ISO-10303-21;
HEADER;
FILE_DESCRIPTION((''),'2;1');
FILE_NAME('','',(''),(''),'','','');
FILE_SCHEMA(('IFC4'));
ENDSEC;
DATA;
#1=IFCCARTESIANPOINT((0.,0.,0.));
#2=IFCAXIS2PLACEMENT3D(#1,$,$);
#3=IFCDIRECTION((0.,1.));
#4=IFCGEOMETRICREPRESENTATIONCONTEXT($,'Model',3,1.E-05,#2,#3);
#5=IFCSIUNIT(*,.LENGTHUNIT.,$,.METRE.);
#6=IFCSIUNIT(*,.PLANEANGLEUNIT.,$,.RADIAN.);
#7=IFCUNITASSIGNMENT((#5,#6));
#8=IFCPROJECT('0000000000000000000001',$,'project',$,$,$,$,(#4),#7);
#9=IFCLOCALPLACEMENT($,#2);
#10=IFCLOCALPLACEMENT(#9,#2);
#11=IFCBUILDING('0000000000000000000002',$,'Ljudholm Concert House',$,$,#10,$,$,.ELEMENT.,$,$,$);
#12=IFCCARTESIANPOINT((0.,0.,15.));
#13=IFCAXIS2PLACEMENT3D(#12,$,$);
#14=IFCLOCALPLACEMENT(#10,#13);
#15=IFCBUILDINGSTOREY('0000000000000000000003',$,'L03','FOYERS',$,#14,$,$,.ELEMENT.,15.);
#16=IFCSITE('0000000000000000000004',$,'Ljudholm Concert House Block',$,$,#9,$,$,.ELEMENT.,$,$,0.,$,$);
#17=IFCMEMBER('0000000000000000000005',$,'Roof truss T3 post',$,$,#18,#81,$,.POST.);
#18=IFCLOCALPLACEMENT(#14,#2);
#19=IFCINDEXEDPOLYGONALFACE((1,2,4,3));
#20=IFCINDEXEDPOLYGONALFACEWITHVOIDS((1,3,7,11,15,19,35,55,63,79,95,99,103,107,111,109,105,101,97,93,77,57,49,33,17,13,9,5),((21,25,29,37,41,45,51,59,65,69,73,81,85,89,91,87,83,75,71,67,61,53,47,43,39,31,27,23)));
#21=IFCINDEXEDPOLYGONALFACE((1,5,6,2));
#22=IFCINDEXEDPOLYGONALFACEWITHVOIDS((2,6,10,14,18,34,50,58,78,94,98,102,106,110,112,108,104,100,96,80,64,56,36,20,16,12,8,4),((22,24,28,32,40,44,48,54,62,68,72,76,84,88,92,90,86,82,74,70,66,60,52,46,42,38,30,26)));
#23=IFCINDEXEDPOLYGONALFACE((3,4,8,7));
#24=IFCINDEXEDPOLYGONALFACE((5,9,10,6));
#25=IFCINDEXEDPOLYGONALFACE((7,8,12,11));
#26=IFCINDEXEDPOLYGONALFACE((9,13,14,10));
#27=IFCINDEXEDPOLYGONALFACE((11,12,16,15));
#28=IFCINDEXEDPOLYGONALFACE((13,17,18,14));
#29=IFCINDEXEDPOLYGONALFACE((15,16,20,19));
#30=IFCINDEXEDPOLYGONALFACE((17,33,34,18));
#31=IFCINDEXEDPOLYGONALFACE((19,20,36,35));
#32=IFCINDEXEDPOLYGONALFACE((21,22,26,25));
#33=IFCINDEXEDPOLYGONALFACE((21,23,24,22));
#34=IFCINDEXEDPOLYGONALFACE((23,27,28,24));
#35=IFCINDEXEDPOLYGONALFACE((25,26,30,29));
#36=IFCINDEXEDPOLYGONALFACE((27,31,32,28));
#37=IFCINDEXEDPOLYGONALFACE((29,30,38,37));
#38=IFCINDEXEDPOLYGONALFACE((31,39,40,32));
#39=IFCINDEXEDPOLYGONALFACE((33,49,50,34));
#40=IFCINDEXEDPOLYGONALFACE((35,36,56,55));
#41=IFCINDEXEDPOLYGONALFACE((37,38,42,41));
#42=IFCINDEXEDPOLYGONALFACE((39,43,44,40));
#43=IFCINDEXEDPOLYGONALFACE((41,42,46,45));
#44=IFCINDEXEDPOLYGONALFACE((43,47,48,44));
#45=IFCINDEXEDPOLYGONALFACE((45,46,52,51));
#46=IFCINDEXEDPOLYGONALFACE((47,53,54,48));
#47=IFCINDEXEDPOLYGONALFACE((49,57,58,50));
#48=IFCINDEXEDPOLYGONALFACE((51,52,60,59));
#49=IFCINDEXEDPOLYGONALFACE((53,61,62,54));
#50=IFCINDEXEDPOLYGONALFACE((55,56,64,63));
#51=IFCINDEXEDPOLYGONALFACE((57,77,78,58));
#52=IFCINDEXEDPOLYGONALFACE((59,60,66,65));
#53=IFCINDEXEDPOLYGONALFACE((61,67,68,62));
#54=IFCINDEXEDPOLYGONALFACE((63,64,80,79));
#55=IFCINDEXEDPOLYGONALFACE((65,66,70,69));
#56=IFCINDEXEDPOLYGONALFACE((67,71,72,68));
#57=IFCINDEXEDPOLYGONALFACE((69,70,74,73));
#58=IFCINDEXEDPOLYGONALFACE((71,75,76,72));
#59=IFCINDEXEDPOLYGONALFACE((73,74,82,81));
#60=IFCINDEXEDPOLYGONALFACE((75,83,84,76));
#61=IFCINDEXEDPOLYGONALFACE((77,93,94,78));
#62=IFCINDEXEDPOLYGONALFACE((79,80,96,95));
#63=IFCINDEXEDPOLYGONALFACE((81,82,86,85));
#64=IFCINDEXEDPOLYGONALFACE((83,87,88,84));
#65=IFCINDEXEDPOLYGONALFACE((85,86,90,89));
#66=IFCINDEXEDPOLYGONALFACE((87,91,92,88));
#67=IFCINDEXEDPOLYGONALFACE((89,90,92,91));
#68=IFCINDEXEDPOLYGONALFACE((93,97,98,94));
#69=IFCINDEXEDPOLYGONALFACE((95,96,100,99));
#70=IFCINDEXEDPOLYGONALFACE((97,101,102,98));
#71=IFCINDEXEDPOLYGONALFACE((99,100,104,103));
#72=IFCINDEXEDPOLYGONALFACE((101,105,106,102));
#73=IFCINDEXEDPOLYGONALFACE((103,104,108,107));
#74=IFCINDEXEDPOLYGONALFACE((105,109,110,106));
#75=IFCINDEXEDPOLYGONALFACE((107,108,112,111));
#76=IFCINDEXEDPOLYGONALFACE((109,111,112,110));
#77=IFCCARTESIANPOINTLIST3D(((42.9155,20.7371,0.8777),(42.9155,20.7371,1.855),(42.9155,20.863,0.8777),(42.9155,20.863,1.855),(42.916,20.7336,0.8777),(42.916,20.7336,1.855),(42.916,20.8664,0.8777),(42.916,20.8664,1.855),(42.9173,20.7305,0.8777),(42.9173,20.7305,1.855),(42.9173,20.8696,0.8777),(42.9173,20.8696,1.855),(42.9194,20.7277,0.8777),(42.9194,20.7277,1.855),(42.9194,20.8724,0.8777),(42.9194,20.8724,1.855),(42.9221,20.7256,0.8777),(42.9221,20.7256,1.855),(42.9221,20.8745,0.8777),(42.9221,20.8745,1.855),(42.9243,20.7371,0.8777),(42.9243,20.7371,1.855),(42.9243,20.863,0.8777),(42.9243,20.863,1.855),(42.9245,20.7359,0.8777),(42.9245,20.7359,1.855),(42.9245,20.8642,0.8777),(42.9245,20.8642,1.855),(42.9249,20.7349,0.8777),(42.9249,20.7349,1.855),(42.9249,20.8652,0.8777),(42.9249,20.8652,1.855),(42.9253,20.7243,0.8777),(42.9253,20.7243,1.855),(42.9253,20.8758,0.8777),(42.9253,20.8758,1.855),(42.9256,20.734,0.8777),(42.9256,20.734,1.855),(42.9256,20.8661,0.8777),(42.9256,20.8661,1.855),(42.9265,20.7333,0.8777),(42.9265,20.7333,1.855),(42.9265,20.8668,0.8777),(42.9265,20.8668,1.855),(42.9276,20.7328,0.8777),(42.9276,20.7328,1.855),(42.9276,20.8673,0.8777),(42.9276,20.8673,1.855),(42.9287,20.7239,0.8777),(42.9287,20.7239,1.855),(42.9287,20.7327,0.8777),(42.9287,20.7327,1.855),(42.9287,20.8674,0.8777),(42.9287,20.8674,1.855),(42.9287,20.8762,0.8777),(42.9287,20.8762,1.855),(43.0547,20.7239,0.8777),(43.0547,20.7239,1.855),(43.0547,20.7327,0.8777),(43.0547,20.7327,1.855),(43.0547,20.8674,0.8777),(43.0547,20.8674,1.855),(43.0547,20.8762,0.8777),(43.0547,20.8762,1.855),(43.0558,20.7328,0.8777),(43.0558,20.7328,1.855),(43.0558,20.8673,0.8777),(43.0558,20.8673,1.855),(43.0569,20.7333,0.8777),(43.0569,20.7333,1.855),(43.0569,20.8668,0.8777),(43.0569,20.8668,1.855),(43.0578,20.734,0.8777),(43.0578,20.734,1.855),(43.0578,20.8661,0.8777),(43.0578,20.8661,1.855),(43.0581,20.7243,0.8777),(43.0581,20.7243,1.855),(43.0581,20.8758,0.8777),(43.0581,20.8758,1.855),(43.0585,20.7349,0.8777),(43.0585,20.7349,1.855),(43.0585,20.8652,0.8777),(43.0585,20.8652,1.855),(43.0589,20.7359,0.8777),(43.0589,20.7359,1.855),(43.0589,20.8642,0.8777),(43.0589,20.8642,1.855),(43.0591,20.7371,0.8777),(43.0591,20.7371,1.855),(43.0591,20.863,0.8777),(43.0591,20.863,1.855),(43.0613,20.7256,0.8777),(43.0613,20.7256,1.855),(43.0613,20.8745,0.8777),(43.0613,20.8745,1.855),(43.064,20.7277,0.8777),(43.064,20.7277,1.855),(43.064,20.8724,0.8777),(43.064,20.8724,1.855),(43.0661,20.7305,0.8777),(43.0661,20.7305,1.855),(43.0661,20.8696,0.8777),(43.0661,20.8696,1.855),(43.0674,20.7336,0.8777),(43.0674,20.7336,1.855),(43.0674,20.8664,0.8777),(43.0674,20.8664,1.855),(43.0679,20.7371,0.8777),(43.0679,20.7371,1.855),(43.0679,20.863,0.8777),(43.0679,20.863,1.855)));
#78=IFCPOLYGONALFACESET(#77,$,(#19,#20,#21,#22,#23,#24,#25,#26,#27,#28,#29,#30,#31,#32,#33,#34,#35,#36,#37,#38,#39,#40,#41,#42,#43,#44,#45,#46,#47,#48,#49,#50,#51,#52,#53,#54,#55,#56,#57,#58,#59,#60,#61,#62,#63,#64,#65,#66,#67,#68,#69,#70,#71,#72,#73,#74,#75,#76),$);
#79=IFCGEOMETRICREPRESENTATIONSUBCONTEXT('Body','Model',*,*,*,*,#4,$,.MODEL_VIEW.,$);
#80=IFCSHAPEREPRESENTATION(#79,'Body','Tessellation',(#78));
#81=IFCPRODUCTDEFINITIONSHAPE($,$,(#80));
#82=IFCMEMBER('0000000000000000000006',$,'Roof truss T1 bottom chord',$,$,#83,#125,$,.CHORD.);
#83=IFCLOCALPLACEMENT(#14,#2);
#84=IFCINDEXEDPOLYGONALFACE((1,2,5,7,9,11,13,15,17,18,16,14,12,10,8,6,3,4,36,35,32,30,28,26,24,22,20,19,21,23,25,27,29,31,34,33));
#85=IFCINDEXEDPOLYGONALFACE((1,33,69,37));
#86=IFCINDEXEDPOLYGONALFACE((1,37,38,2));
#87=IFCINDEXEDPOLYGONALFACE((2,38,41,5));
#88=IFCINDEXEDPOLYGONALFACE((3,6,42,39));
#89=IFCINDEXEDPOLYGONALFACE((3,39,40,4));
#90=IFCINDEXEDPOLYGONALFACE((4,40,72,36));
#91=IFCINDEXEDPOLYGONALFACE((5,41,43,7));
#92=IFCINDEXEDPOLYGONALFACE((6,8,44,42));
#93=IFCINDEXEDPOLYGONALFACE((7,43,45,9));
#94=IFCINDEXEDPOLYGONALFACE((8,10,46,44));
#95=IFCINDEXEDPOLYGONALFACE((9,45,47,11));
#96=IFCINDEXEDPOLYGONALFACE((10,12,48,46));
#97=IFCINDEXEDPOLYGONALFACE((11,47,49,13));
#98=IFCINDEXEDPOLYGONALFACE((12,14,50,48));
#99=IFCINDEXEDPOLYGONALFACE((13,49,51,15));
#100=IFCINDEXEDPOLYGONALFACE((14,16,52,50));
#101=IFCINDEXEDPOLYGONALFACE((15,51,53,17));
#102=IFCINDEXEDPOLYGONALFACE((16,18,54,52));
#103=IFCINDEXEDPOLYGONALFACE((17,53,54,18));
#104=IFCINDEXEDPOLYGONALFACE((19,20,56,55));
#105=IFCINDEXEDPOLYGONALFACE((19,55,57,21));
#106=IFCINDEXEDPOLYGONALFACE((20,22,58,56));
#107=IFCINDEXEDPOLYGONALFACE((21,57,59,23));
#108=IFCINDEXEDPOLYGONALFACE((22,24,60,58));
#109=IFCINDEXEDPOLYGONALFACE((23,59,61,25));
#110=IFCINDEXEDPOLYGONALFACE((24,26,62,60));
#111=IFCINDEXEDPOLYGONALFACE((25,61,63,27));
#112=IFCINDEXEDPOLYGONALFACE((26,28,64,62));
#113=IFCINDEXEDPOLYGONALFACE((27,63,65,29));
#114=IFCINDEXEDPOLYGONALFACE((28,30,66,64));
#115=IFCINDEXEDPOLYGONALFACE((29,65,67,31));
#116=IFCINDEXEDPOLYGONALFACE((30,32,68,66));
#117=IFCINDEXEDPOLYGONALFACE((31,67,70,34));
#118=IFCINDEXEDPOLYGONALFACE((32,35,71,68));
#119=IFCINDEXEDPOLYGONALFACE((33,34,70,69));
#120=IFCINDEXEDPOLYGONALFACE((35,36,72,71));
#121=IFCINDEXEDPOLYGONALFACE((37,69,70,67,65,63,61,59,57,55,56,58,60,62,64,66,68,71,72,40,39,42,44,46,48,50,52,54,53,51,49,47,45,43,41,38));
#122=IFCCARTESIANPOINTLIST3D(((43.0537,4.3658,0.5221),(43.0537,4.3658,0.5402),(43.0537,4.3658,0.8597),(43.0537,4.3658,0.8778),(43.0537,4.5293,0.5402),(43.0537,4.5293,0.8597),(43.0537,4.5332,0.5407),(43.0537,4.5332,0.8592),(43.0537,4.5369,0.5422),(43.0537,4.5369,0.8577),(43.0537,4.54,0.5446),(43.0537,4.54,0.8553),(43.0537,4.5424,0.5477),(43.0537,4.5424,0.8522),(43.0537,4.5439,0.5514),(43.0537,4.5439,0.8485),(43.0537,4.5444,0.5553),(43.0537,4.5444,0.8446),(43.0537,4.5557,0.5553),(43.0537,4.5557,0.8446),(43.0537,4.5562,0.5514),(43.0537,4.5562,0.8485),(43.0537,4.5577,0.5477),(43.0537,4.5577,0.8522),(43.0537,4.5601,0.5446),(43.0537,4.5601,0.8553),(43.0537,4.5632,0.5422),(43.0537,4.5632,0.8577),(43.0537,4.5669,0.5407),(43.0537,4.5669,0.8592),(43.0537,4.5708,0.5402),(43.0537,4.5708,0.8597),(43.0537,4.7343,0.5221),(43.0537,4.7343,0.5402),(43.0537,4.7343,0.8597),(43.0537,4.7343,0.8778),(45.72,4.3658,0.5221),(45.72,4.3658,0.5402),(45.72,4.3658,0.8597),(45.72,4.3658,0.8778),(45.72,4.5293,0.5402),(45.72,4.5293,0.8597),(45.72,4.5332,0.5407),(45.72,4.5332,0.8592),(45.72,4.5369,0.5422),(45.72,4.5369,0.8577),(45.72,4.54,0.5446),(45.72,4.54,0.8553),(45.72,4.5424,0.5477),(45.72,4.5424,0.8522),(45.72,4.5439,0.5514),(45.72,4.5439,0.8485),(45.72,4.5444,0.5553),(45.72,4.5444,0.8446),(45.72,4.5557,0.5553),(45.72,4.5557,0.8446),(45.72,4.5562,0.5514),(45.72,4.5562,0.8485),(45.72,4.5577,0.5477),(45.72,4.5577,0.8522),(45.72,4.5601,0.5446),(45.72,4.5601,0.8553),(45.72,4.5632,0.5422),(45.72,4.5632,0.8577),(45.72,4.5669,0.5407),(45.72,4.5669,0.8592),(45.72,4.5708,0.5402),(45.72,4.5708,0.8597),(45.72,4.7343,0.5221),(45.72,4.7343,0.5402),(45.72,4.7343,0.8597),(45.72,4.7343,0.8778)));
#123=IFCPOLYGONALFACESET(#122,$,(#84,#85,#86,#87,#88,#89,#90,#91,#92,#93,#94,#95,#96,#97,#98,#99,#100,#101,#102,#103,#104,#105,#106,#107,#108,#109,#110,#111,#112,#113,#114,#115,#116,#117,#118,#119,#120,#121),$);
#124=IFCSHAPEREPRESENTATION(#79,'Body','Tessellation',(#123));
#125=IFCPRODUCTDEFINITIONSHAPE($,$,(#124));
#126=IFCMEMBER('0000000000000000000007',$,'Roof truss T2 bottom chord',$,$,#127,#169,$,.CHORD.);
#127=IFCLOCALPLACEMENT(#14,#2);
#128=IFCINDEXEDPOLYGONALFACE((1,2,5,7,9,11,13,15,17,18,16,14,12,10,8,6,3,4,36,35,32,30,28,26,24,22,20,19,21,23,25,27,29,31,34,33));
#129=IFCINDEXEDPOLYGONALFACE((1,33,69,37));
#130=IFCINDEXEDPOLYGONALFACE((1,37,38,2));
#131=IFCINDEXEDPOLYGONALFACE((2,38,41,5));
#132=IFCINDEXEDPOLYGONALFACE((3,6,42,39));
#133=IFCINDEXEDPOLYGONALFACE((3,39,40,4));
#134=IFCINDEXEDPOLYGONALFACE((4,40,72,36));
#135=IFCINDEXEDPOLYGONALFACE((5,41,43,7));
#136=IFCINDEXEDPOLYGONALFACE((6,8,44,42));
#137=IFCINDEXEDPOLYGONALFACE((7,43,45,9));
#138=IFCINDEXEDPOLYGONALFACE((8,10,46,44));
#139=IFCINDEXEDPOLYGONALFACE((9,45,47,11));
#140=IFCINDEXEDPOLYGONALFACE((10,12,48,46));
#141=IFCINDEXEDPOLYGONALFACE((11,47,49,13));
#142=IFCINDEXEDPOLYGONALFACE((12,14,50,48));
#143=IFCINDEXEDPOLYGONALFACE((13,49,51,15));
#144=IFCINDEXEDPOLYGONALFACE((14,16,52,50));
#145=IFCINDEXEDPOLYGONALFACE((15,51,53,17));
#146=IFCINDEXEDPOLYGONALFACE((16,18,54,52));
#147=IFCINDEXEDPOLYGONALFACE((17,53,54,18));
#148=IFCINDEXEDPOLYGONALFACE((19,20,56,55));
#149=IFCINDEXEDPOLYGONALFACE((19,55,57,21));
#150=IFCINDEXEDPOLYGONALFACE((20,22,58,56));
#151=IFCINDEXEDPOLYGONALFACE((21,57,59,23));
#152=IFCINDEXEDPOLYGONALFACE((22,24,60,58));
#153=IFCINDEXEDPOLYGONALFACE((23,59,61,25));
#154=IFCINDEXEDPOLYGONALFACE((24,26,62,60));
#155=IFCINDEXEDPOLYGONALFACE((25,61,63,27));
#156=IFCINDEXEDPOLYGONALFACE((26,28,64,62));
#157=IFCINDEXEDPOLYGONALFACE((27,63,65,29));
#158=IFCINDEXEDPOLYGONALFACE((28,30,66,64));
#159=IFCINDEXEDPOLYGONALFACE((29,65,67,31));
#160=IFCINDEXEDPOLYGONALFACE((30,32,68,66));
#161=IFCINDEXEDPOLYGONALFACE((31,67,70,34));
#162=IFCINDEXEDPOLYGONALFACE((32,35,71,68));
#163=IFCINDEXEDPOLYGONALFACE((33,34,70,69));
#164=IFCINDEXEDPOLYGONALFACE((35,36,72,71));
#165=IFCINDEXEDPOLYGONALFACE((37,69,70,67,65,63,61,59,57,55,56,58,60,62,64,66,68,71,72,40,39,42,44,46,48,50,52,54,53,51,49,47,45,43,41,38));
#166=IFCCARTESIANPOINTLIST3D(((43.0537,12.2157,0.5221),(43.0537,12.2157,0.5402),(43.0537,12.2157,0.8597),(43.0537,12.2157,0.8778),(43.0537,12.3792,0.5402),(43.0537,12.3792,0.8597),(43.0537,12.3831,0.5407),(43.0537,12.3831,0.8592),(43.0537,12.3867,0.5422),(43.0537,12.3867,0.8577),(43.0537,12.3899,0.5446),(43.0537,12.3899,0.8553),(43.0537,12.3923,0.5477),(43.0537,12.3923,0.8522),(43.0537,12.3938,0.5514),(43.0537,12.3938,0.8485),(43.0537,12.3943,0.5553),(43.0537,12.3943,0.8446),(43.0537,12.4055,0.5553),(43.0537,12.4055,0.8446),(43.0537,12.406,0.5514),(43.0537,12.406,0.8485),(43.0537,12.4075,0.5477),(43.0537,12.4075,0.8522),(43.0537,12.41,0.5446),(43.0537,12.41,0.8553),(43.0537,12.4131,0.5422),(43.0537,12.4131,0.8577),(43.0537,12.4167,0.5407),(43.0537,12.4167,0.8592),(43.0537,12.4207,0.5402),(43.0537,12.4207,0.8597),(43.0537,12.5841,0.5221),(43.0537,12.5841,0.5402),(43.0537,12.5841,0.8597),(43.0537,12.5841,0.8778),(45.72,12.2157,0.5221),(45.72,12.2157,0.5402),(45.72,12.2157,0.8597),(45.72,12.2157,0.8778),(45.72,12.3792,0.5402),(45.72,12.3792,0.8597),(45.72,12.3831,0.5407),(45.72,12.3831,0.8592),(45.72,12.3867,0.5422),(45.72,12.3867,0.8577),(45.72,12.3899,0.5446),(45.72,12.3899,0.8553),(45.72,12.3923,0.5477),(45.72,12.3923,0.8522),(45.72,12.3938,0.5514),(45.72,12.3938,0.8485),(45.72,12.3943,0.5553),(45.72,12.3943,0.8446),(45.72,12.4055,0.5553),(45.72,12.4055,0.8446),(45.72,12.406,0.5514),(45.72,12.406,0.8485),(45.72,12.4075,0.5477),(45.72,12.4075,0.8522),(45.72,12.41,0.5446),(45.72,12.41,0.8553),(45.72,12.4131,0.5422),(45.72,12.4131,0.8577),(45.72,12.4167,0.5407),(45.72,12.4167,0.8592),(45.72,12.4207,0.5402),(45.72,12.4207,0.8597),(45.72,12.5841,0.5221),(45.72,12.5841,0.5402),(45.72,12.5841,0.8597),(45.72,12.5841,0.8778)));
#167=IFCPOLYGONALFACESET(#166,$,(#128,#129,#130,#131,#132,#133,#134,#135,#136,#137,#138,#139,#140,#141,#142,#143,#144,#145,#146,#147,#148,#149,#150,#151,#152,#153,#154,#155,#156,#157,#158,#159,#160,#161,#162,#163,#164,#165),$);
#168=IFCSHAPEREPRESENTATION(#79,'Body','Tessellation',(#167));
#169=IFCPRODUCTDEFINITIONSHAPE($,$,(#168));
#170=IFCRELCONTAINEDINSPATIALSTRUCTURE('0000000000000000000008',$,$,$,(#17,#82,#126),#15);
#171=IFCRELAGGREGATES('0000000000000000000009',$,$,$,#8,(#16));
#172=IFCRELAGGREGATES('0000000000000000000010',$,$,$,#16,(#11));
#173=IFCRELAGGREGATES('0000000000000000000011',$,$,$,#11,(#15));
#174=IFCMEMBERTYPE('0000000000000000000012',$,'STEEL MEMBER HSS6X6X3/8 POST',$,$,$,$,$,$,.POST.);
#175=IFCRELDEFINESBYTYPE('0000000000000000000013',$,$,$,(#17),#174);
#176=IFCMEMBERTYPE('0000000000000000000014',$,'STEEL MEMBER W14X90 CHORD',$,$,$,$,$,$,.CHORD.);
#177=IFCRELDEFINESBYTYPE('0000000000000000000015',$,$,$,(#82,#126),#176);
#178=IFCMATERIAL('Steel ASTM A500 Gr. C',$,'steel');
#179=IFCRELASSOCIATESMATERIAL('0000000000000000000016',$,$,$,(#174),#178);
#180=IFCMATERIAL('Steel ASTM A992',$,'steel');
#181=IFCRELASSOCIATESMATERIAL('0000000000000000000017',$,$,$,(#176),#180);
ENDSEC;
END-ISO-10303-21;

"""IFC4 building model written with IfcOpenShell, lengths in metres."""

from ifc_helpers import new_model, si_unit, direction, frame, origin, origin_2d, place, context, subcontext, project, spatial, hollow_rectangle, i_section, extrude, material, material_profile, profile_set, type_object, element, save


model = new_model("IFC4")

# Units and contexts
model_context = context("Model", 3, precision=1e-05, world=origin(), true_north=direction((0.0, 1.0)))
body_context = subcontext(model_context, "Body", "Model", "MODEL_VIEW")
ifc_project = project(units=[si_unit("LENGTHUNIT", "METRE"), si_unit("PLANEANGLEUNIT", "RADIAN")], contexts=[model_context])

# Site, building, storey
site_placement = place(None, origin())
site = spatial("IfcSite", under=ifc_project, at=site_placement, Name="Ljudholm Concert House Block", CompositionType="ELEMENT", RefElevation=0.0)
building_placement = place(site_placement, origin())
building = spatial("IfcBuilding", under=site, at=building_placement, Name="Ljudholm Concert House", CompositionType="ELEMENT")
storey_placement = place(building_placement, frame((0.0, 0.0, 15.0)))
storey = spatial("IfcBuildingStorey", under=building, at=storey_placement, Name="L03", Description="FOYERS", CompositionType="ELEMENT", Elevation=15.0)

# Members
ifc_material_1 = material(Name="Steel ASTM A500 Gr. C", Category="steel")
ifc_material_profile_1 = material_profile(ifc_material_1, hollow_rectangle(XDim=0.1523, YDim=0.1523, WallThickness=0.0088, InnerFilletRadius=0.0044, OuterFilletRadius=0.0132, at=origin_2d()), Name="HSS6X6X3/8")
ifc_profile_set_1 = profile_set([ifc_material_profile_1], Name="Steel ASTM A500 Gr. C")
member_type_1 = type_object("IfcMemberType", Name="STEEL MEMBER HSS6X6X3/8 POST", PredefinedType="POST", material=ifc_profile_set_1)
member_1_placement = place(storey_placement, frame((42.9917, 20.8, 0.8777), z_axis=(0.0, 0.0, 1.0), x_axis=(1.0, 0.0, 0.0)))
element("IfcMember", 1, at=member_1_placement, inside=storey, type_object=member_type_1, Name="Roof truss T3 post", PredefinedType="POST", context=body_context, shape_type="SweptSolid", body=[
    extrude(hollow_rectangle(XDim=0.1523, YDim=0.1523, WallThickness=0.0088, InnerFilletRadius=0.0044, OuterFilletRadius=0.0132, at=origin_2d()), origin(), (0.0, 0.0, 1.0), 0.9773),
])
ifc_material_2 = material(Name="Steel ASTM A992", Category="steel")
ifc_material_profile_2 = material_profile(ifc_material_2, i_section(OverallWidth=0.3684, OverallDepth=0.3557, WebThickness=0.0112, FlangeThickness=0.0181, FilletRadius=0.0151, at=origin_2d()), Name="W14X90")
ifc_profile_set_2 = profile_set([ifc_material_profile_2], Name="Steel ASTM A992")
member_type_2 = type_object("IfcMemberType", Name="STEEL MEMBER W14X90 CHORD", PredefinedType="CHORD", material=ifc_profile_set_2)
for number, where, z_axis, x_axis, name in (
    (2, (43.0537, 4.55, 0.7), (1.0, 0.0, 0.0), (0.0, 1.0, 0.0), "Roof truss T1 bottom chord"),
    (3, (43.0537, 12.3999, 0.7), (1.0, 0.0, 0.0), (0.0, 1.0, 0.0), "Roof truss T2 bottom chord"),
):
    element("IfcMember", number, at=place(storey_placement, frame(where, z_axis=z_axis, x_axis=x_axis)), inside=storey, type_object=member_type_2, Name=name, PredefinedType="CHORD", context=body_context, shape_type="SweptSolid", body=[
        extrude(i_section(OverallWidth=0.3684, OverallDepth=0.3557, WebThickness=0.0112, FlangeThickness=0.0181, FilletRadius=0.0151, at=origin_2d()), origin(), (0.0, 0.0, 1.0), 2.6663),
    ])

save(model, "model.ifc")
